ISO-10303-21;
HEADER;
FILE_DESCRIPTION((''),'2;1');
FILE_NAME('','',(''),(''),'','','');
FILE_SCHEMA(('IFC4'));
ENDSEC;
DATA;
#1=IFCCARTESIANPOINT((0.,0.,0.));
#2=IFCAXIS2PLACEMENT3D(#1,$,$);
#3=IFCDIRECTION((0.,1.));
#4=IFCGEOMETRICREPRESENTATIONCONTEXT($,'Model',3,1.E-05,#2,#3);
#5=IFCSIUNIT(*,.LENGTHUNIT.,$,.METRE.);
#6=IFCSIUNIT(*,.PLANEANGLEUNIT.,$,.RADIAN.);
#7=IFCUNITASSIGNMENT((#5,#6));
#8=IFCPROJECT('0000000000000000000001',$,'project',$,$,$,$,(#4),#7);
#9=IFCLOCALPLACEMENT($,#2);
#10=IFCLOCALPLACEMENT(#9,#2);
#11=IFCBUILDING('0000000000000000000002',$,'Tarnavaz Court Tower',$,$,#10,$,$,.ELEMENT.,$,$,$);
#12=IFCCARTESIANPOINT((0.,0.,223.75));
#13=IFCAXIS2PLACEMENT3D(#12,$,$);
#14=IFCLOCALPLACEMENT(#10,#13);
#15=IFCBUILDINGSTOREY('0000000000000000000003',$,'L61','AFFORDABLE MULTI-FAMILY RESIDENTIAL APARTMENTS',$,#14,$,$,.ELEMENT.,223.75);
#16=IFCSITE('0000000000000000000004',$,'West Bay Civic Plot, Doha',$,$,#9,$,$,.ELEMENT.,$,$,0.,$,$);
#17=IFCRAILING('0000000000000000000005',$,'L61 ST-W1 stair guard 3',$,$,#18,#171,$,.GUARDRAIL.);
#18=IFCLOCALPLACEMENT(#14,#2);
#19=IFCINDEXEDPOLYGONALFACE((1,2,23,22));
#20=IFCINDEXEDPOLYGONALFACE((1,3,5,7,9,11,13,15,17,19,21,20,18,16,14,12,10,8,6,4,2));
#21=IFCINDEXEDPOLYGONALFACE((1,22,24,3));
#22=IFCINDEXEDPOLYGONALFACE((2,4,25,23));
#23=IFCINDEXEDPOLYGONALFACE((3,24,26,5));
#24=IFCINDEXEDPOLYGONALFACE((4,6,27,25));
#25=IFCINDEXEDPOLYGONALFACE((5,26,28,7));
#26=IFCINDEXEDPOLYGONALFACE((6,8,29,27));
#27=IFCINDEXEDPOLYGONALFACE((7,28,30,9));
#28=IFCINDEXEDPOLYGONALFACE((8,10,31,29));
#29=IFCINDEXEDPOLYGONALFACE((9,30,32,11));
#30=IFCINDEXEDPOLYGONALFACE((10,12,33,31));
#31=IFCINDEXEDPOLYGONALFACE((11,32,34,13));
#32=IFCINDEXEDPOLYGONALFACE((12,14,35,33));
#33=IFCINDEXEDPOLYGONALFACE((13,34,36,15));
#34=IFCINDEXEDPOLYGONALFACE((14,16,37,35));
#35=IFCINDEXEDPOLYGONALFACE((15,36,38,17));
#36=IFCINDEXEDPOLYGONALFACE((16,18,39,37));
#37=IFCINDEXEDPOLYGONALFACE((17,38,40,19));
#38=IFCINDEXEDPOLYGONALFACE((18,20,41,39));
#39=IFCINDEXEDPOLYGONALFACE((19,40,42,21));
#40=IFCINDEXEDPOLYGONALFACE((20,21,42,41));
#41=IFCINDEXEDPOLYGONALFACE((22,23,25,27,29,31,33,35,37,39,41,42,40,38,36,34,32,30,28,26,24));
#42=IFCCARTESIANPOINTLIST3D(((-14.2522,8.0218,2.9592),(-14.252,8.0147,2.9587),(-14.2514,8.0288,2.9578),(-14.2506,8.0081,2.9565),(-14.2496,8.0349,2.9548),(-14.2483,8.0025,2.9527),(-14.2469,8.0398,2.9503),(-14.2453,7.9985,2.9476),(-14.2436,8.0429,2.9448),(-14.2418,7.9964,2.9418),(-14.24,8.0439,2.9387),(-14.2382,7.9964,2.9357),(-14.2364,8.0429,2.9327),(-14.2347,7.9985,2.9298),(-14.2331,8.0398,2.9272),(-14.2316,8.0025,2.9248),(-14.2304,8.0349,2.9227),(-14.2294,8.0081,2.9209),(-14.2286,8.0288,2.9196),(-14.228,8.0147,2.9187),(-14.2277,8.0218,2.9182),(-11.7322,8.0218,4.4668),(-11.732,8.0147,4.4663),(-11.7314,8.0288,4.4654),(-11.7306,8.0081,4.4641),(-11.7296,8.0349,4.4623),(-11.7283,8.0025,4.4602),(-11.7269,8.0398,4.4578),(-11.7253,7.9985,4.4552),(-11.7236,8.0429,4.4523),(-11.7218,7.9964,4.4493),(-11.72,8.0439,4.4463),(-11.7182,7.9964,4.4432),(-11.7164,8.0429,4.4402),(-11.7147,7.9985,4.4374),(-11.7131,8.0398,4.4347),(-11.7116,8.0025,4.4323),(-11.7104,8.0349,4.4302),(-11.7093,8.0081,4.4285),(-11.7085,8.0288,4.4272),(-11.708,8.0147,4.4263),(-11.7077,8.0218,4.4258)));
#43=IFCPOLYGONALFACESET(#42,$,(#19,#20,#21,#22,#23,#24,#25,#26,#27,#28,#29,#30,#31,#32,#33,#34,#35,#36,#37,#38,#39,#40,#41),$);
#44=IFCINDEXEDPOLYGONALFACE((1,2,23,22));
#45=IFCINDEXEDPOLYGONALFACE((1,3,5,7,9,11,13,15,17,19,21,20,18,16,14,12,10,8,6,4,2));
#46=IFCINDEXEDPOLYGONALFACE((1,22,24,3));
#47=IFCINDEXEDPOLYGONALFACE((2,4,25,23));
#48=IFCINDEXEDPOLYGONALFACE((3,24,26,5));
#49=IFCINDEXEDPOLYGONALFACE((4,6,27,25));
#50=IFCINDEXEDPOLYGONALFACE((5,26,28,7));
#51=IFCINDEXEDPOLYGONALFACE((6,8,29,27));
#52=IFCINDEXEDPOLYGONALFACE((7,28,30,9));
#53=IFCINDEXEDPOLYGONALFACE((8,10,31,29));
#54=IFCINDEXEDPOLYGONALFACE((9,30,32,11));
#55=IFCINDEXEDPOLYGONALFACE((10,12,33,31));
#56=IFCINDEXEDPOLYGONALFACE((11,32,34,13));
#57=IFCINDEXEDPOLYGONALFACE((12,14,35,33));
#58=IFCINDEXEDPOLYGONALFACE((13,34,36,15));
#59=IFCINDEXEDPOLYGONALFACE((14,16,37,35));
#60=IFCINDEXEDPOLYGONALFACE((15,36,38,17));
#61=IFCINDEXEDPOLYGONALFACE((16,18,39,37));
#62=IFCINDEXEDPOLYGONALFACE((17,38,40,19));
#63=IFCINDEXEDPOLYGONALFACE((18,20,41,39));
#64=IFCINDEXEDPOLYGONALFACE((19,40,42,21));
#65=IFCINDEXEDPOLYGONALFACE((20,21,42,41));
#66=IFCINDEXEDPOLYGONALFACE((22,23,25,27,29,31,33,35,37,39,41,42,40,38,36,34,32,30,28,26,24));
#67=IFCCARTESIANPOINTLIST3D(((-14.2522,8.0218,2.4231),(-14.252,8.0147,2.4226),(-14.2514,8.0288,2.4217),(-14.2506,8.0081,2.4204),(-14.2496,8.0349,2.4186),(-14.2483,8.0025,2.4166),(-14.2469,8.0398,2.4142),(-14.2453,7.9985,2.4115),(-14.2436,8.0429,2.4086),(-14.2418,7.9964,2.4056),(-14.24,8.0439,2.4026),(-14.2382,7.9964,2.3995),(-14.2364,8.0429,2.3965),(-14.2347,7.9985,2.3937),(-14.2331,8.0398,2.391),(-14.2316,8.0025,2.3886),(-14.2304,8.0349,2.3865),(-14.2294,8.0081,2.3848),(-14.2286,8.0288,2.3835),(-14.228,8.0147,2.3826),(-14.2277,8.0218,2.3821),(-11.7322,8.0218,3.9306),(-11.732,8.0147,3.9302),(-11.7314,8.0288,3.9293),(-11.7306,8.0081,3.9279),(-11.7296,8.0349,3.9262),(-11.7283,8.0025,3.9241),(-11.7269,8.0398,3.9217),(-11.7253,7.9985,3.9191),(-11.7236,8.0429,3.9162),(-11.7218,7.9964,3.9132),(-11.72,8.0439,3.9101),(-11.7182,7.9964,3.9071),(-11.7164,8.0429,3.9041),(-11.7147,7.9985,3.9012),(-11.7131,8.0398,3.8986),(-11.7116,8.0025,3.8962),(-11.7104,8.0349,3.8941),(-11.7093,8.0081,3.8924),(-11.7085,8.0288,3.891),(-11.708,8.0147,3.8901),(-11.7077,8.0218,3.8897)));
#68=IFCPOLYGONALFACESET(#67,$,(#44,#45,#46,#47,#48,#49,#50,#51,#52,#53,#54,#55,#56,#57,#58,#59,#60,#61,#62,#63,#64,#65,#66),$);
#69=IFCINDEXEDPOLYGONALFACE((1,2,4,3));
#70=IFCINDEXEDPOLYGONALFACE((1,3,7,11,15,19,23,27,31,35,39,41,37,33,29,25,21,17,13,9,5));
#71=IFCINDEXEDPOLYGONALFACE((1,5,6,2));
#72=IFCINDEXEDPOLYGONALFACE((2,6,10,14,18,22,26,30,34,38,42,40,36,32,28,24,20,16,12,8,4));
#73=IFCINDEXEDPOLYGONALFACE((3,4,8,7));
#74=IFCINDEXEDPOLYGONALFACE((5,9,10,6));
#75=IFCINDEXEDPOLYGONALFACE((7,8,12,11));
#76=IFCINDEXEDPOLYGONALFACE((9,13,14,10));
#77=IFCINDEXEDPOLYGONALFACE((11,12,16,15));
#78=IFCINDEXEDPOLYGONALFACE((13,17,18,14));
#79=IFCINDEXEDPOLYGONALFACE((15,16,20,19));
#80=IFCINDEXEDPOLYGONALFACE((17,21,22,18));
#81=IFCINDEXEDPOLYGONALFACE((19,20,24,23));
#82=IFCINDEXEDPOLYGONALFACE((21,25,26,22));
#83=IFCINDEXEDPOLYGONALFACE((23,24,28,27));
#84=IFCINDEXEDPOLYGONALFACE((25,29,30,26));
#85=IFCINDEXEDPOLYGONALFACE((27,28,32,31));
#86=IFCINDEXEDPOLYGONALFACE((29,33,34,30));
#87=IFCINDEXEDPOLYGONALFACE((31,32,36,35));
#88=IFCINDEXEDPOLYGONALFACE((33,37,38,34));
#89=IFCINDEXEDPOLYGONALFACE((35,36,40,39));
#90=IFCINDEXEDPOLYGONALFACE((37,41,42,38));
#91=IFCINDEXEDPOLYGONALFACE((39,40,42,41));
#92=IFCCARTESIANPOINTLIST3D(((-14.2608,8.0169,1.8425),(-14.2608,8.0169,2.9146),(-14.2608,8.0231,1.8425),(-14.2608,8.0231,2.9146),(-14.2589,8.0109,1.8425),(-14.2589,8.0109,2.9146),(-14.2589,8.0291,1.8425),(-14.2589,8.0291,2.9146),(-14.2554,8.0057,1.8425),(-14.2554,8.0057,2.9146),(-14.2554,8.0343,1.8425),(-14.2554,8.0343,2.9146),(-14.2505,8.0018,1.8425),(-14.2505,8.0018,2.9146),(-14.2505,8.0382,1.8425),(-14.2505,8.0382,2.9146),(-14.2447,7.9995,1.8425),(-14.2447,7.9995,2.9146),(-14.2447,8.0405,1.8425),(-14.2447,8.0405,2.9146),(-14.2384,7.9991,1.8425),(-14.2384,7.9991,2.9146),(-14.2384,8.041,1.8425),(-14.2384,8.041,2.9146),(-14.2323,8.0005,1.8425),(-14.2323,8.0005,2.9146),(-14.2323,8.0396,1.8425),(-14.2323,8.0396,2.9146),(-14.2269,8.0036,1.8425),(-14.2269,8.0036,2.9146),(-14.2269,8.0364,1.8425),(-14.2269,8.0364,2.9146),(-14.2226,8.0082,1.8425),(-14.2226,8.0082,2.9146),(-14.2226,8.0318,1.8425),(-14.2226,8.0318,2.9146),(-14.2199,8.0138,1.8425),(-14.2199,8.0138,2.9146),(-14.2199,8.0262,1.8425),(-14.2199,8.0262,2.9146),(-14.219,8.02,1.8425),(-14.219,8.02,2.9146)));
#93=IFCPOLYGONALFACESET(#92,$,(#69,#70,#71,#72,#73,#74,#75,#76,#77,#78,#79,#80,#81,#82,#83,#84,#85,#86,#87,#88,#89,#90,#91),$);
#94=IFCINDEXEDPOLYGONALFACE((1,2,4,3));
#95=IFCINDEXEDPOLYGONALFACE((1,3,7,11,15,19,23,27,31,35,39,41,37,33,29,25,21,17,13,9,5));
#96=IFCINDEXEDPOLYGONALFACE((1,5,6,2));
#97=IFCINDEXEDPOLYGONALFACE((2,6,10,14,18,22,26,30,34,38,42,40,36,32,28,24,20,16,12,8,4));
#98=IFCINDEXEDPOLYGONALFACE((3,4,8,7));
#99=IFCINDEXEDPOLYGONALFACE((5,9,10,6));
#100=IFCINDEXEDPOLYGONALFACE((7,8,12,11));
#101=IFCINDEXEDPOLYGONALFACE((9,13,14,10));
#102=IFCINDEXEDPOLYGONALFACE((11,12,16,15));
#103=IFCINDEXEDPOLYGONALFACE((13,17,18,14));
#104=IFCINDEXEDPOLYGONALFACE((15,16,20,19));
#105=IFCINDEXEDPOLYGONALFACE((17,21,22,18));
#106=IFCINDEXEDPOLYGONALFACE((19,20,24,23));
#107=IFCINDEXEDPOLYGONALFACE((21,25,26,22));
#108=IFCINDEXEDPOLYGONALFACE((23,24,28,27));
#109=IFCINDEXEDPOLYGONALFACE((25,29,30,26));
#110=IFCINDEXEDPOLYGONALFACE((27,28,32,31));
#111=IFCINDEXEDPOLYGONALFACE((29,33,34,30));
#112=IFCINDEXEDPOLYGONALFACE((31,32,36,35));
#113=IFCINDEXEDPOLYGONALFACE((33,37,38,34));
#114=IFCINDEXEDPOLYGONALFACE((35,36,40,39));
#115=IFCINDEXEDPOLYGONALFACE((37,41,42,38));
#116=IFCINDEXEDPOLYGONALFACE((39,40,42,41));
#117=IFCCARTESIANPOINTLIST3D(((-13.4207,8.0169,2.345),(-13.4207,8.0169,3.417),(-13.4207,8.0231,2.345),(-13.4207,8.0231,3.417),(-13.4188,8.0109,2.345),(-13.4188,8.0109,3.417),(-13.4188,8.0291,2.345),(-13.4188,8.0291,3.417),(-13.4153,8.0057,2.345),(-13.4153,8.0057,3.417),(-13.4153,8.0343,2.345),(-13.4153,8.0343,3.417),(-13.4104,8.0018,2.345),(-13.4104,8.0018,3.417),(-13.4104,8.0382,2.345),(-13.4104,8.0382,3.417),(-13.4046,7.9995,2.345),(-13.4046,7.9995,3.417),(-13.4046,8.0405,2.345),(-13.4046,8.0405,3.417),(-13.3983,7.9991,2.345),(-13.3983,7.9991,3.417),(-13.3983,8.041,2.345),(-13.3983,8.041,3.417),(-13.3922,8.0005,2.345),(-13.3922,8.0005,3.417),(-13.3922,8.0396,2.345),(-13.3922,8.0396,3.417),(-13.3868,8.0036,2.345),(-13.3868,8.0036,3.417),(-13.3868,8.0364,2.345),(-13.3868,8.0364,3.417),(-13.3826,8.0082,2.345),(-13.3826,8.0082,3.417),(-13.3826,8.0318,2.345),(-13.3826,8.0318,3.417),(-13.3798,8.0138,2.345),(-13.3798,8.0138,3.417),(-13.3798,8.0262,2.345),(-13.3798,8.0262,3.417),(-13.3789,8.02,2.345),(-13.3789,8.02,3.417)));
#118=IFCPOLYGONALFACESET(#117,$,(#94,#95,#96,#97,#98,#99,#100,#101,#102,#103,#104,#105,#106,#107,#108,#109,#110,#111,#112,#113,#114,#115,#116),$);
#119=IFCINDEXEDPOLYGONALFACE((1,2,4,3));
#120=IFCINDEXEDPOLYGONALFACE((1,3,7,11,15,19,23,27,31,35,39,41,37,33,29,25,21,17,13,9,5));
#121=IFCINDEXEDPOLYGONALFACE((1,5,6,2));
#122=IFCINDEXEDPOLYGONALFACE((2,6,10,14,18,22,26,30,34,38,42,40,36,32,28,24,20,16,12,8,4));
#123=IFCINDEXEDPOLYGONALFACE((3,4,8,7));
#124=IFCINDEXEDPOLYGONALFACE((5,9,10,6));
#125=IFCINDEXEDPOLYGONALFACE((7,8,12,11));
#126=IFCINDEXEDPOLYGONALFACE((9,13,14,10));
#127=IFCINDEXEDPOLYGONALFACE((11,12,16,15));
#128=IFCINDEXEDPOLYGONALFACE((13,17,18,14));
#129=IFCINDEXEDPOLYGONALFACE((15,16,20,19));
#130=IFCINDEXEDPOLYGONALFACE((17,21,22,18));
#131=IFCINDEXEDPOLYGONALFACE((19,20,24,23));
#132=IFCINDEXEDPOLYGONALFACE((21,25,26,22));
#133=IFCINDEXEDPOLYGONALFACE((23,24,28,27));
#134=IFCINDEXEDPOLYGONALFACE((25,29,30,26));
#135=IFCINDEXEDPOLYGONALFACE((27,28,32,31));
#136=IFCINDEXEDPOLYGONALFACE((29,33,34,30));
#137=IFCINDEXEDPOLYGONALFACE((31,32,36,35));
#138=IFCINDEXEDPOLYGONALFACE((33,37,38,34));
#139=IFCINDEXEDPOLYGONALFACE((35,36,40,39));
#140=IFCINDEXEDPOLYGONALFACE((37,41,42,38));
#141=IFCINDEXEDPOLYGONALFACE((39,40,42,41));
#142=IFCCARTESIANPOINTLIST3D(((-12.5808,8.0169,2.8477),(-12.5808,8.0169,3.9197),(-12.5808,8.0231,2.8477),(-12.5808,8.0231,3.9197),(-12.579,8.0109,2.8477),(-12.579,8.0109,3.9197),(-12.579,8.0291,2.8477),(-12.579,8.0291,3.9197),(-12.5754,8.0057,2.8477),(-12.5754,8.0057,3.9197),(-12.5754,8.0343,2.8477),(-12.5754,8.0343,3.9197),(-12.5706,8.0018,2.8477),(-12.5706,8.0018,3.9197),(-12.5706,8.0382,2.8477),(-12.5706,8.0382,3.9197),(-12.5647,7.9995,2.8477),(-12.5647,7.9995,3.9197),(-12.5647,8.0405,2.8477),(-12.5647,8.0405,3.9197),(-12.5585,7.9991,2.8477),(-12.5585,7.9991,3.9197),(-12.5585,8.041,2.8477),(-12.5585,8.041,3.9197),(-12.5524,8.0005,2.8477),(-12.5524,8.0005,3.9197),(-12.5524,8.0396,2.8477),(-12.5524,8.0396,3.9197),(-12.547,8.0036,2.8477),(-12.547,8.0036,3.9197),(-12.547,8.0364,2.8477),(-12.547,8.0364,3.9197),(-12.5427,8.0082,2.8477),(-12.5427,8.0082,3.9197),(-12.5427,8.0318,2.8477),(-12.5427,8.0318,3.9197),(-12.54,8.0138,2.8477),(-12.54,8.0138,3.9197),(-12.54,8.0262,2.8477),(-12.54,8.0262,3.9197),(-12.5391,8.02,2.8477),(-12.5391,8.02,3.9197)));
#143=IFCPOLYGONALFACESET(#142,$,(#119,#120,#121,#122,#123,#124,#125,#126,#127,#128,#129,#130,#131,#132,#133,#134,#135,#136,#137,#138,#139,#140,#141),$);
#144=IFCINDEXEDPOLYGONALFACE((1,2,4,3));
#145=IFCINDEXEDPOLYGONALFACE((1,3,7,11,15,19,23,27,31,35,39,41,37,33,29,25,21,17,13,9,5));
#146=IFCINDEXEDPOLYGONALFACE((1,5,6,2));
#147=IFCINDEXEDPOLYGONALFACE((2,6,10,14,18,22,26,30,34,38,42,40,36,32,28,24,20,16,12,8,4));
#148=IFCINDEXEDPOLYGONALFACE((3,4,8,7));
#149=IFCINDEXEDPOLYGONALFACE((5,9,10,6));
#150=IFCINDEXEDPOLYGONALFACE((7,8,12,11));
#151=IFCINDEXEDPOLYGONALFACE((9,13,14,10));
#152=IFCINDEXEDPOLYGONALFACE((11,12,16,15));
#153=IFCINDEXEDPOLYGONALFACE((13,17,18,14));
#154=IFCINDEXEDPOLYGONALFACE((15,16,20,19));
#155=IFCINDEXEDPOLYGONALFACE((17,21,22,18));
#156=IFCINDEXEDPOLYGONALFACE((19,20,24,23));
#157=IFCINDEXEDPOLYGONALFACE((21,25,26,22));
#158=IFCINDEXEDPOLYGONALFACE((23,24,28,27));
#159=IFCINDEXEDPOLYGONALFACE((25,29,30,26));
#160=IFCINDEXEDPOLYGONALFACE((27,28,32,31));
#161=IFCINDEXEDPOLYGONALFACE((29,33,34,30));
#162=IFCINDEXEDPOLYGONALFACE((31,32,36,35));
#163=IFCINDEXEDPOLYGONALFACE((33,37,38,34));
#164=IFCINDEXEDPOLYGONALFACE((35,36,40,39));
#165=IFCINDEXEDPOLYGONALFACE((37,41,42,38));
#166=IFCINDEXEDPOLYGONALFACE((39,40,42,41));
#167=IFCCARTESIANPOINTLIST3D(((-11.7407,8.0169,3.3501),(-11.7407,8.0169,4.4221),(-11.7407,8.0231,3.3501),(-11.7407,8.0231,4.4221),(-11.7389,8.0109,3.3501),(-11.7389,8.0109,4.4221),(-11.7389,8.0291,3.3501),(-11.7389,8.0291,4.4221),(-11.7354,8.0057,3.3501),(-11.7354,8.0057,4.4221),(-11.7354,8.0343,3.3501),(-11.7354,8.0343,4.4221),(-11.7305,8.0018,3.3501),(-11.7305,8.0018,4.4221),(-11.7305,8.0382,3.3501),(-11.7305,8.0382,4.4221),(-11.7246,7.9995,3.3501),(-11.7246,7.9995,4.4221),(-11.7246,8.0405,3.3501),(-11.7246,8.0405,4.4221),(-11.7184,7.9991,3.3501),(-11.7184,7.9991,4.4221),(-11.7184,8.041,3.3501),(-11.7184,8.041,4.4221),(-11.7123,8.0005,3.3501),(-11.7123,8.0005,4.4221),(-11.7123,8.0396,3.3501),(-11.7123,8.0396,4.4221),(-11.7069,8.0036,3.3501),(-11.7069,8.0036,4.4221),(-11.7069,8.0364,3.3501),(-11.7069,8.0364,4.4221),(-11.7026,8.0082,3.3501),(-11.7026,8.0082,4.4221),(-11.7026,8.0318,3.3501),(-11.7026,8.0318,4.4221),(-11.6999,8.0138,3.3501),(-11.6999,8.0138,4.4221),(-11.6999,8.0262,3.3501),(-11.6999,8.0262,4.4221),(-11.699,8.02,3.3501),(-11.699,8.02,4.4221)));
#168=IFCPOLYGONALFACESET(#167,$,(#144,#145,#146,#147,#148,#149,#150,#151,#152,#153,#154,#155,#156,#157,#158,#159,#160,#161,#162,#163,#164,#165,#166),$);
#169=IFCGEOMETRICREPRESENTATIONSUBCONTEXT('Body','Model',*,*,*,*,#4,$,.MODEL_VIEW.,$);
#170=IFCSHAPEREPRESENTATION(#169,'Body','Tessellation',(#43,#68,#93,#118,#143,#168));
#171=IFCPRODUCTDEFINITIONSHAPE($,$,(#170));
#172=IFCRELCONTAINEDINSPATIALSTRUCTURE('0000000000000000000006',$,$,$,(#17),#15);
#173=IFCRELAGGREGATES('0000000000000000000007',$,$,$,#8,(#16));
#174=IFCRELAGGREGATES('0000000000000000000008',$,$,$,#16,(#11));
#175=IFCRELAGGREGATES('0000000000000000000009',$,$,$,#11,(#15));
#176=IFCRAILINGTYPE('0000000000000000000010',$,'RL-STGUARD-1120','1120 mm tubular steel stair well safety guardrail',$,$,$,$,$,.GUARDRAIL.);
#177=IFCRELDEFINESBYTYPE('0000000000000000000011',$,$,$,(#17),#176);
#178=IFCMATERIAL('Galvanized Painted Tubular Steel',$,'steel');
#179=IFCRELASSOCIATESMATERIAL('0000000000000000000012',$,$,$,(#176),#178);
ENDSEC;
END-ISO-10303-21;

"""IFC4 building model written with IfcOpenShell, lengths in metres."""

from ifc_helpers import new_model, si_unit, direction, frame, origin, origin_2d, place, context, subcontext, project, spatial, circle, extrude, material, type_object, element, save


model = new_model("IFC4")

# Units and contexts
model_context = context("Model", 3, precision=1e-05, world=origin(), true_north=direction((0.0, 1.0)))
body_context = subcontext(model_context, "Body", "Model", "MODEL_VIEW")
ifc_project = project(units=[si_unit("LENGTHUNIT", "METRE"), si_unit("PLANEANGLEUNIT", "RADIAN")], contexts=[model_context])

# Site, building, storey
site_placement = place(None, origin())
site = spatial("IfcSite", under=ifc_project, at=site_placement, Name="West Bay Civic Plot, Doha", CompositionType="ELEMENT", RefElevation=0.0)
building_placement = place(site_placement, origin())
building = spatial("IfcBuilding", under=site, at=building_placement, Name="Tarnavaz Court Tower", CompositionType="ELEMENT")
storey_placement = place(building_placement, frame((0.0, 0.0, 223.75)))
storey = spatial("IfcBuildingStorey", under=building, at=storey_placement, Name="L61", Description="AFFORDABLE MULTI-FAMILY RESIDENTIAL APARTMENTS", CompositionType="ELEMENT", Elevation=223.75)

# Railing
ifc_material_1 = material(Name="Galvanized Painted Tubular Steel", Category="steel")
railing_type_1 = type_object("IfcRailingType", Name="RL-STGUARD-1120", Description="1120 mm tubular steel stair well safety guardrail", PredefinedType="GUARDRAIL", material=ifc_material_1)
railing_1_placement = place(storey_placement, frame((-14.24, 8.02, 1.8425)))
element("IfcRailing", 1, at=railing_1_placement, inside=storey, type_object=railing_type_1, Name="L61 ST-W1 stair guard 3", PredefinedType="GUARDRAIL", context=body_context, shape_type="SweptSolid", body=[
    extrude(circle(Radius=0.0239, at=origin_2d()), frame((0.0, 0.0, 1.0962), z_axis=(0.85816, 0.0, 0.513383), x_axis=(0.0, 1.0, 0.0)), (0.0, 0.0, 1.0), 2.9365),
    extrude(circle(Radius=0.0239, at=origin_2d()), frame((0.0, 0.0, 0.5601), z_axis=(0.85816, 0.0, 0.513383), x_axis=(0.0, 1.0, 0.0)), (0.0, 0.0, 1.0), 2.9365),
    extrude(circle(Radius=0.021, at=origin_2d()), origin(), (0.0, 0.0, 1.0), 1.072),
    extrude(circle(Radius=0.021, at=origin_2d()), frame((0.8401, 0.0, 0.5024)), (0.0, 0.0, 1.0), 1.072),
    extrude(circle(Radius=0.021, at=origin_2d()), frame((1.6799, 0.0, 1.0051)), (0.0, 0.0, 1.0), 1.072),
    extrude(circle(Radius=0.021, at=origin_2d()), frame((2.52, 0.0, 1.5076)), (0.0, 0.0, 1.0), 1.072),
])

save(model, "model.ifc")
